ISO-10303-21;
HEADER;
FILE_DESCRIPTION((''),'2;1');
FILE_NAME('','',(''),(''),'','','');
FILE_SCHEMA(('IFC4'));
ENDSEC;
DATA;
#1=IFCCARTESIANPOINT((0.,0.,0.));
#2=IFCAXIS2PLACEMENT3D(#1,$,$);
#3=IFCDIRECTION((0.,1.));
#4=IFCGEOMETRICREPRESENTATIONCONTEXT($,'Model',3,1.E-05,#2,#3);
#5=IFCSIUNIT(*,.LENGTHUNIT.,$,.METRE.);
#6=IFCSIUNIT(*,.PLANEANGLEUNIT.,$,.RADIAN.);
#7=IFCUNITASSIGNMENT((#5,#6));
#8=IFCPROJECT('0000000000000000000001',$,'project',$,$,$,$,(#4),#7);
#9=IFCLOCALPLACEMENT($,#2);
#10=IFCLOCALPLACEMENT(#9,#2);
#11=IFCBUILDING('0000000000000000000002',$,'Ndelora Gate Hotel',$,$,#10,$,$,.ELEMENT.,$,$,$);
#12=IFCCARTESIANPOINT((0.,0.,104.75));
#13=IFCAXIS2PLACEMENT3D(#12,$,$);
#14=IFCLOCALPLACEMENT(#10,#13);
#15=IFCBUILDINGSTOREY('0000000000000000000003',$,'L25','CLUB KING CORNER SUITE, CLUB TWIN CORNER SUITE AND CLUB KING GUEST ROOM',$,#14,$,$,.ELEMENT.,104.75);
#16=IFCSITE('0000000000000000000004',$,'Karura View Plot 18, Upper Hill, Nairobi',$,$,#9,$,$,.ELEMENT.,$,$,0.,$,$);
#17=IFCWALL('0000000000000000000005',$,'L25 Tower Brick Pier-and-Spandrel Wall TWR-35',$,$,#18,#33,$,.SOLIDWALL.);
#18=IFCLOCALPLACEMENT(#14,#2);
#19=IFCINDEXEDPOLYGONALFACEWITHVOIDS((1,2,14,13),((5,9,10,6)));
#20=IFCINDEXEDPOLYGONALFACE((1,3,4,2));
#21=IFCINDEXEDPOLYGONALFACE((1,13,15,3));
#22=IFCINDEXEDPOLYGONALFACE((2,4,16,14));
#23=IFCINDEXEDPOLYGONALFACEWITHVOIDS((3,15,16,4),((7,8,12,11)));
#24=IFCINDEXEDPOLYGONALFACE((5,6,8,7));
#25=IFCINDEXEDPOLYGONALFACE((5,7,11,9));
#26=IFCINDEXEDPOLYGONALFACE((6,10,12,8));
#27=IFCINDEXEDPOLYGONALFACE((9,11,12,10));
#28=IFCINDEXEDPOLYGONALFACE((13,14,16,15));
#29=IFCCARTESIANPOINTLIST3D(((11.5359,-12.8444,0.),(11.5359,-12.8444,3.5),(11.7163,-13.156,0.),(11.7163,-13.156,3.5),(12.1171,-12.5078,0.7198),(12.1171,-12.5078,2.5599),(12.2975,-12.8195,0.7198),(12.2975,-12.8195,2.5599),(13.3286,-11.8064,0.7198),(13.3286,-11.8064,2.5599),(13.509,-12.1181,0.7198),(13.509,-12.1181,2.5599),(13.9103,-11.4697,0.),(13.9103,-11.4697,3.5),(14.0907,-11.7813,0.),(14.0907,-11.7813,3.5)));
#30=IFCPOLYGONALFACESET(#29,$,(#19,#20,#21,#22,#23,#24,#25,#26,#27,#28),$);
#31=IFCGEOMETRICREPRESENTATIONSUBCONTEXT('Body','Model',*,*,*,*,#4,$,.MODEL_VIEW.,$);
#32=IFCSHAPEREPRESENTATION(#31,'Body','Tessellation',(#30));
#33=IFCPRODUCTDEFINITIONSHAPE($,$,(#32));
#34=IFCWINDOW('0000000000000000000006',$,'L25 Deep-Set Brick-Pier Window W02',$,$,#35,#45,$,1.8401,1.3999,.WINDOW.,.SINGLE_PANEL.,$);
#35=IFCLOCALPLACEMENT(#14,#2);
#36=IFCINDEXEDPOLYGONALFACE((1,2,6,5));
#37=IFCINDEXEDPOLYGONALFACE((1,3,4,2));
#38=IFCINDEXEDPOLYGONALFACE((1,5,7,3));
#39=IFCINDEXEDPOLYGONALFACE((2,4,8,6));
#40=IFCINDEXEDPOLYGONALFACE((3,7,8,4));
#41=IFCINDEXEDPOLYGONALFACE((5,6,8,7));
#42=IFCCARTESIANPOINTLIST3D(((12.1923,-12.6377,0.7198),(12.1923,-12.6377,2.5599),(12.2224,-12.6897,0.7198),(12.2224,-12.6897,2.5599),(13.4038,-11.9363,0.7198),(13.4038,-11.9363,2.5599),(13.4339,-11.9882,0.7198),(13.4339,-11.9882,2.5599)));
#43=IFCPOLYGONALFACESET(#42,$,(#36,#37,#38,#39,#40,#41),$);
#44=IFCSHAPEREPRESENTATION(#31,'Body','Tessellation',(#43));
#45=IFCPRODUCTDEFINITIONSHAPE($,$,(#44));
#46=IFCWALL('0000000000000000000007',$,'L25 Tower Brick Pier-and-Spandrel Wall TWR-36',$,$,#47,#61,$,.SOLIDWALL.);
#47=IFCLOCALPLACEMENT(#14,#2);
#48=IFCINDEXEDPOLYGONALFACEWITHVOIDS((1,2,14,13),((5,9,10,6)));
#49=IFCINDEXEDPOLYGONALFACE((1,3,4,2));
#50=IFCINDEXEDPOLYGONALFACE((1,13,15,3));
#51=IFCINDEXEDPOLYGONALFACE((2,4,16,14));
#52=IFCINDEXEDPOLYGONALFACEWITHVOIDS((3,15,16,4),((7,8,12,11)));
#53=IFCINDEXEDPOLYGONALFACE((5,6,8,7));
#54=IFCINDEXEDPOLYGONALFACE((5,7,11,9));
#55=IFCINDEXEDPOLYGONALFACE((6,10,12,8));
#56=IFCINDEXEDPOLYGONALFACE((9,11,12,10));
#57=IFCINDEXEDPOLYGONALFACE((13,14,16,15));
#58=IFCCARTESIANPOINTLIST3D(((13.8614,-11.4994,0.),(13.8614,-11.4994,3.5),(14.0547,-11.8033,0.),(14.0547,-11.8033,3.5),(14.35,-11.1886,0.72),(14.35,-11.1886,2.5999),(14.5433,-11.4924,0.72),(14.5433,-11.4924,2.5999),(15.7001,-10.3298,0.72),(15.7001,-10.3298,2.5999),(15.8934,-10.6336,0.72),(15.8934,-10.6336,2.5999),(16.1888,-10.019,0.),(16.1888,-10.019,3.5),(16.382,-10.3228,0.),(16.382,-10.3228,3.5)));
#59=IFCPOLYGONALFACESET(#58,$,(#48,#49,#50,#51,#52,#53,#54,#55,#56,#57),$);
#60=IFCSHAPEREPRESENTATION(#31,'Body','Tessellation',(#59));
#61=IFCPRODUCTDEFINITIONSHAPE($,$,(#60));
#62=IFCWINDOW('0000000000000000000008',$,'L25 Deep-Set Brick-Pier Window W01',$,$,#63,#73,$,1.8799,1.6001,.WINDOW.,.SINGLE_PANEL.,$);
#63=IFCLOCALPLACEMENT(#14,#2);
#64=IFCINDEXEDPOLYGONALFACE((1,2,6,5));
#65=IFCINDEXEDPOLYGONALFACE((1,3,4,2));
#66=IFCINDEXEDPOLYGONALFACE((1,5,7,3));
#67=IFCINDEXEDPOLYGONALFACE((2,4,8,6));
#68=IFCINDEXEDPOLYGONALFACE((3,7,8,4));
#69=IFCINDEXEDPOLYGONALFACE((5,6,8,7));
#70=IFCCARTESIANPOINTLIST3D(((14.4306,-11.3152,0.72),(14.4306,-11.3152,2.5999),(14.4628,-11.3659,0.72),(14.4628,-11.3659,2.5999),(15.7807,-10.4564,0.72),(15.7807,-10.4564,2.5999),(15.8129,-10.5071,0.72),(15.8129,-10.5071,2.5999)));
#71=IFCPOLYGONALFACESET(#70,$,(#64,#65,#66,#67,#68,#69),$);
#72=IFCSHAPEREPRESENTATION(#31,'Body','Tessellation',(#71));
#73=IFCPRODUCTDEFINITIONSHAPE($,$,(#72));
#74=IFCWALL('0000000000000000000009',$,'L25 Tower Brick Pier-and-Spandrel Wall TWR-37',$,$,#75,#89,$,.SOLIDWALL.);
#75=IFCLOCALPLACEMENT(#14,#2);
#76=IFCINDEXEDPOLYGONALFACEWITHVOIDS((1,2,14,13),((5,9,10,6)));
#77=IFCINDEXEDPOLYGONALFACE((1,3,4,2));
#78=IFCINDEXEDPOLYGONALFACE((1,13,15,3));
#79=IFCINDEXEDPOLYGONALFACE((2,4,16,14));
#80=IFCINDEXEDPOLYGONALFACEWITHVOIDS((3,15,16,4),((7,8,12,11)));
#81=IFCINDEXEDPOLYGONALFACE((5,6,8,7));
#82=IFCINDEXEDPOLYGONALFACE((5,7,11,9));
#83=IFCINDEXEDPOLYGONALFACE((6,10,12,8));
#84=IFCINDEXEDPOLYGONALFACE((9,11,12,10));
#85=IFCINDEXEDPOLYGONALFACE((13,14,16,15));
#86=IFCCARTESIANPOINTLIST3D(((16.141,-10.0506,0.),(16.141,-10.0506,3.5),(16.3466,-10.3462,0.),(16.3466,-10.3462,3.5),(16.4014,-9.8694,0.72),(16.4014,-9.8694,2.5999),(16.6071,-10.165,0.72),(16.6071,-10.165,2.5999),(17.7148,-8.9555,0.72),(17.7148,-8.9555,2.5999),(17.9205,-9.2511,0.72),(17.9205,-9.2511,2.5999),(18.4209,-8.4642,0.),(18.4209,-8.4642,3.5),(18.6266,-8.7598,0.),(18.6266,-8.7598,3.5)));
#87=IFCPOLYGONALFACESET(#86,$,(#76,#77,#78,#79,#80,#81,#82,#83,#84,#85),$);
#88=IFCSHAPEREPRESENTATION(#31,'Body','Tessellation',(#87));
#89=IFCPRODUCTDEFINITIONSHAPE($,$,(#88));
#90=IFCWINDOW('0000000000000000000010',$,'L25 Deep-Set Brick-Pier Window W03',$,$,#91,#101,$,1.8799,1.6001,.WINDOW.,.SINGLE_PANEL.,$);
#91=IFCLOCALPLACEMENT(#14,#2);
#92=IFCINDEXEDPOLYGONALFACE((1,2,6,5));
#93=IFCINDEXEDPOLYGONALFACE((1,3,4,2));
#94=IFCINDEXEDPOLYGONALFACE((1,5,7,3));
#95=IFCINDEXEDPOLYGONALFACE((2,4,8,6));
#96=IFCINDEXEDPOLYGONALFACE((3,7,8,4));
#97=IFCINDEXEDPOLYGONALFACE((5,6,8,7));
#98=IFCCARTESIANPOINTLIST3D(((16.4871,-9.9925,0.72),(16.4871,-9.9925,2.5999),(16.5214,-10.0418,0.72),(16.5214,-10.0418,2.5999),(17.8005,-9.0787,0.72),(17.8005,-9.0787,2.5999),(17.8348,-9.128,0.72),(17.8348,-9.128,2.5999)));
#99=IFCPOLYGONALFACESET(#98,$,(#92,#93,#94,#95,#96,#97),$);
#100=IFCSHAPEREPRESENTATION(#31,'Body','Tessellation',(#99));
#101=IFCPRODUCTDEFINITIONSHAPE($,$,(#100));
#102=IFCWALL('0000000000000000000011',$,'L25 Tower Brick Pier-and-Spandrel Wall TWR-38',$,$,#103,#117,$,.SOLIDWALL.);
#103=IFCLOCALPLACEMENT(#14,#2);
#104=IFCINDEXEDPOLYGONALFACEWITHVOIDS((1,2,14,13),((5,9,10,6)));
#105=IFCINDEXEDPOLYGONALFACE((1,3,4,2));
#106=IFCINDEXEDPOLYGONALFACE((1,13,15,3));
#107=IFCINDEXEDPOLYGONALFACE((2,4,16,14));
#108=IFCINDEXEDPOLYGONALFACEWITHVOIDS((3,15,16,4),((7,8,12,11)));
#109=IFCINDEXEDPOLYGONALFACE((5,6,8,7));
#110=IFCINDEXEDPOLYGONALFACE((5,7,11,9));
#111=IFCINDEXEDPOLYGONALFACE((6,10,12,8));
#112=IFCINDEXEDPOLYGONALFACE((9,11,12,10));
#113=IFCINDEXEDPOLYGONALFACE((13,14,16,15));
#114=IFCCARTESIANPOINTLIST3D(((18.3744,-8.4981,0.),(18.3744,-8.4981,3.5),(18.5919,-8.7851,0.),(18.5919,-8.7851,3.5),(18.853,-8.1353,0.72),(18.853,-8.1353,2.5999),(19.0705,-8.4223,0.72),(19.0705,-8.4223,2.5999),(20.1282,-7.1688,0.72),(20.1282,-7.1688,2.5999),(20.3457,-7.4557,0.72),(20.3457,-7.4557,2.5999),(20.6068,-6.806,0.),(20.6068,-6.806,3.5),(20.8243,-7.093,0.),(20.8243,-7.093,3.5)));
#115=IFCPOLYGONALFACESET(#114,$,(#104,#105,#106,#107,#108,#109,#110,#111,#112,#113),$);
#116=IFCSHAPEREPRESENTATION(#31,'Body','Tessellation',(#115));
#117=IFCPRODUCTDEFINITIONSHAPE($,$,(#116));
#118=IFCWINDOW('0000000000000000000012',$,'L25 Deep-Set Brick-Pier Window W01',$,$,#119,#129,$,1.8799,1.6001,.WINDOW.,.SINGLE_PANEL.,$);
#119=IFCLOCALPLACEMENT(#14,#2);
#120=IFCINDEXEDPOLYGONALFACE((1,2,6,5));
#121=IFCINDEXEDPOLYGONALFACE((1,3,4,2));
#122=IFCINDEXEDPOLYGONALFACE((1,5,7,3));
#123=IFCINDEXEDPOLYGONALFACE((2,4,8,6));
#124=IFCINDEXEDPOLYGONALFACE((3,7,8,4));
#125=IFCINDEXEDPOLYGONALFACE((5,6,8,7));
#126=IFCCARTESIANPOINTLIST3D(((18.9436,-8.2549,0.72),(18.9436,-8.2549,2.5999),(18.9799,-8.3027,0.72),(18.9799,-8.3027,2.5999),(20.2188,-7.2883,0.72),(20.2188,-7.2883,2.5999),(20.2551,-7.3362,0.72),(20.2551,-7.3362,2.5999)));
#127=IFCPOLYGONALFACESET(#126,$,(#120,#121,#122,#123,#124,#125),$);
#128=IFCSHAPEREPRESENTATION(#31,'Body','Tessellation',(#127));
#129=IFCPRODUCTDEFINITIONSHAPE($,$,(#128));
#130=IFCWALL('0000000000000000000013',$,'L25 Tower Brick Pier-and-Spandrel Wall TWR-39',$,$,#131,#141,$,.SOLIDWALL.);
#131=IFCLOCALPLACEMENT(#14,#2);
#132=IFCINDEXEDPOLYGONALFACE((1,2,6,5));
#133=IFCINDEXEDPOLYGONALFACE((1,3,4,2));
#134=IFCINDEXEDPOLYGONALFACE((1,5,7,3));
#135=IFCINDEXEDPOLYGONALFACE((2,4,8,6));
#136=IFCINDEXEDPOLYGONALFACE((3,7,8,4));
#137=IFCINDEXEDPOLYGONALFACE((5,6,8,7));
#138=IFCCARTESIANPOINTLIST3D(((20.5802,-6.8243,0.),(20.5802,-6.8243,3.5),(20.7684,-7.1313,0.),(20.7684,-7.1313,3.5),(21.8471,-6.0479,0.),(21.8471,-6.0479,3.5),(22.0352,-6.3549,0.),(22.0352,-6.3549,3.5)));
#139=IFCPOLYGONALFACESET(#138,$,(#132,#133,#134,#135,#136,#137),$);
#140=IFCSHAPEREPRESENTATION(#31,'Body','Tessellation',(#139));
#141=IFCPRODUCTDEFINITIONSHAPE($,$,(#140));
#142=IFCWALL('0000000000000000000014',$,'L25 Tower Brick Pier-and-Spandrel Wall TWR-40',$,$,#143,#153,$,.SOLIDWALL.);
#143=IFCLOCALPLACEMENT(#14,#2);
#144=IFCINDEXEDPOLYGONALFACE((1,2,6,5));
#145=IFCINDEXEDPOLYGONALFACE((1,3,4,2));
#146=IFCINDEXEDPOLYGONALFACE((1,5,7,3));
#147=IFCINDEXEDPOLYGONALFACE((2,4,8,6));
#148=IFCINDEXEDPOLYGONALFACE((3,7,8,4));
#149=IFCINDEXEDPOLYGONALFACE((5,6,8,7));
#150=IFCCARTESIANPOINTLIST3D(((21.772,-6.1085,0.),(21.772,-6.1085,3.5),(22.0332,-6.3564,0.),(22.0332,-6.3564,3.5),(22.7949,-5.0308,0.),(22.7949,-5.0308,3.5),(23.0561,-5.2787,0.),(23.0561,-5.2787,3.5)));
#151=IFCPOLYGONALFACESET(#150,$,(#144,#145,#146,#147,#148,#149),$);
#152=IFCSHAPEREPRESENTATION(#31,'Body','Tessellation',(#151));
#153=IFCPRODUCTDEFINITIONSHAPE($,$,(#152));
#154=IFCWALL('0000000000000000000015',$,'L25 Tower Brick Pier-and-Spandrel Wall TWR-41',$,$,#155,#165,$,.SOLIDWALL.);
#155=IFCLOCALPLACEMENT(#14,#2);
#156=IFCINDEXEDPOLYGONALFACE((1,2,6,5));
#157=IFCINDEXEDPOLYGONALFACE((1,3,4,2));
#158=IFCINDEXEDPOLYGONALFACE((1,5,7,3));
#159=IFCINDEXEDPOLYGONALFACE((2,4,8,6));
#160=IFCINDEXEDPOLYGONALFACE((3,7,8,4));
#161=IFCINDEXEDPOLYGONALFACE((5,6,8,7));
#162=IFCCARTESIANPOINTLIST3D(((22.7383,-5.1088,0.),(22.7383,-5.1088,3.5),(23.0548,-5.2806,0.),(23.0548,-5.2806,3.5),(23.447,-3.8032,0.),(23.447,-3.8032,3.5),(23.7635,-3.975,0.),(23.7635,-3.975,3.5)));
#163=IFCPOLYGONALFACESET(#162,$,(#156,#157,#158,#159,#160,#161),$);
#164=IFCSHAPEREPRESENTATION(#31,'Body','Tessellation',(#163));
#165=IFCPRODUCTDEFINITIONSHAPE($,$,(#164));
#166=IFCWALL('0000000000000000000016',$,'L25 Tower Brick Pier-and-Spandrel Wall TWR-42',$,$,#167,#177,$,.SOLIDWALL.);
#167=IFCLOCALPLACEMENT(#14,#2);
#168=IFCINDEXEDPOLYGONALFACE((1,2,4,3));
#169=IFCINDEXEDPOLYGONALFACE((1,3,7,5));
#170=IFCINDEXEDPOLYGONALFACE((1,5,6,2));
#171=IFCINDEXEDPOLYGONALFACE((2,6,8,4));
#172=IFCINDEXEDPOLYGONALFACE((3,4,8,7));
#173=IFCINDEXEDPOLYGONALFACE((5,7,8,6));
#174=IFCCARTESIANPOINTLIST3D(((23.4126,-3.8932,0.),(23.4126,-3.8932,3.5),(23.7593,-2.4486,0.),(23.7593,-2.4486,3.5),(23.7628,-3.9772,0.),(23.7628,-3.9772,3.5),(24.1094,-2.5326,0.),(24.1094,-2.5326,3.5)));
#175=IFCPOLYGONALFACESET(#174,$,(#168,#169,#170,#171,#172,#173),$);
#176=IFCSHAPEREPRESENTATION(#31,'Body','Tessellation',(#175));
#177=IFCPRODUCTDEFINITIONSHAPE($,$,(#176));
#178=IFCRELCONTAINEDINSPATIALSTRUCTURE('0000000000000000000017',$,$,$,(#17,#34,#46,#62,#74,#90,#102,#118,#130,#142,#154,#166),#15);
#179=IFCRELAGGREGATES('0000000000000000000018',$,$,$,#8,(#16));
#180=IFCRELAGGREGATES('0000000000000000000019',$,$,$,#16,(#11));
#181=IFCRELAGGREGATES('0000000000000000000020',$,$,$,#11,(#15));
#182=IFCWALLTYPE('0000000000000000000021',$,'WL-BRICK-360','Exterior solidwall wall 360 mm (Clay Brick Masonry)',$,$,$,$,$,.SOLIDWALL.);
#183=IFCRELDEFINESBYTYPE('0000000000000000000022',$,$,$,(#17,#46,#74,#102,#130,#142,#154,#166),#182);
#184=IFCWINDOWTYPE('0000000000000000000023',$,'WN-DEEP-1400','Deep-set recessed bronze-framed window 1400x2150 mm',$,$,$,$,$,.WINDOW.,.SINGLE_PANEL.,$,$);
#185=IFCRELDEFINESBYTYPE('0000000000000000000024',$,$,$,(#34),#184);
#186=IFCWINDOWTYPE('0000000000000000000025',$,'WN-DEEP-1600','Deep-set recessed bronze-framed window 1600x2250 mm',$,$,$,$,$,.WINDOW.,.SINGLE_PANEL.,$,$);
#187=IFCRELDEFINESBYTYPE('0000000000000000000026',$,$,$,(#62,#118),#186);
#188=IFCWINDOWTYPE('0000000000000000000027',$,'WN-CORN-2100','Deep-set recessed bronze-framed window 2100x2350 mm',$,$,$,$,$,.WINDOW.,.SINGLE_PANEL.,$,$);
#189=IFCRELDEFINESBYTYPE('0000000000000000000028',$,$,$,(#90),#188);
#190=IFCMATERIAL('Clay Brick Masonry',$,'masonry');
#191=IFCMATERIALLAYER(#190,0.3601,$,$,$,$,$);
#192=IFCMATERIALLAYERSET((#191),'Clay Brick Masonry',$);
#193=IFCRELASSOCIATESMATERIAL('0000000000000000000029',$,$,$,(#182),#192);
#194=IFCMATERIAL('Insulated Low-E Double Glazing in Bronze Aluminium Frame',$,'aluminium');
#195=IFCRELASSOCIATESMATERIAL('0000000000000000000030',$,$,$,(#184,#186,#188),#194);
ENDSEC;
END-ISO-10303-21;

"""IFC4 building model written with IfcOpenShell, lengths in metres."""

from ifc_helpers import new_model, si_unit, direction, frame, frame_2d, origin, place, context, subcontext, project, spatial, rectangle, extrude, material, layer, layer_set, type_object, element, fill, save


model = new_model("IFC4")

# Units and contexts
model_context = context("Model", 3, precision=1e-05, world=origin(), true_north=direction((0.0, 1.0)))
body_context = subcontext(model_context, "Body", "Model", "MODEL_VIEW")
ifc_project = project(units=[si_unit("LENGTHUNIT", "METRE"), si_unit("PLANEANGLEUNIT", "RADIAN")], contexts=[model_context])

# Site, building, storey
site_placement = place(None, origin())
site = spatial("IfcSite", under=ifc_project, at=site_placement, Name="Karura View Plot 18, Upper Hill, Nairobi", CompositionType="ELEMENT", RefElevation=0.0)
building_placement = place(site_placement, origin())
building = spatial("IfcBuilding", under=site, at=building_placement, Name="Ndelora Gate Hotel", CompositionType="ELEMENT")
storey_placement = place(building_placement, frame((0.0, 0.0, 104.75)))
storey = spatial("IfcBuildingStorey", under=building, at=storey_placement, Name="L25", Description="CLUB KING CORNER SUITE, CLUB TWIN CORNER SUITE AND CLUB KING GUEST ROOM", CompositionType="ELEMENT", Elevation=104.75)

# Walls, openings, windows
ifc_material_1 = material(Name="Clay Brick Masonry", Category="masonry")
ifc_layer_1 = layer(ifc_material_1, 0.3601)
ifc_layer_set_1 = layer_set([ifc_layer_1], Name="Clay Brick Masonry")
wall_type_1 = type_object("IfcWallType", Name="WL-BRICK-360", Description="Exterior solidwall wall 360 mm (Clay Brick Masonry)", PredefinedType="SOLIDWALL", material=ifc_layer_set_1)
ifc_material_2 = material(Name="Insulated Low-E Double Glazing in Bronze Aluminium Frame", Category="aluminium")
window_type_1 = type_object("IfcWindowType", Name="WN-DEEP-1400", Description="Deep-set recessed bronze-framed window 1400x2150 mm", PartitioningType="SINGLE_PANEL", PredefinedType="WINDOW", material=ifc_material_2)
wall_1_placement = place(storey_placement, frame((14.0005, -11.6255, 0.0), z_axis=(0.0, 0.0, 1.0), x_axis=(-0.86542, -0.501047, 0.0)))
wall_1 = element("IfcWall", 1, at=wall_1_placement, inside=storey, type_object=wall_type_1, Name="L25 Tower Brick Pier-and-Spandrel Wall TWR-35", PredefinedType="SOLIDWALL", context=body_context, shape_type="SweptSolid", body=[
    extrude(rectangle(XDim=2.7437, YDim=0.3601, at=frame_2d((1.3718, 0.0))), origin(), (0.0, 0.0, 1.0), 3.5),
])
opening_1_placement = place(wall_1_placement, frame((0.6721, 0.0, 0.72)))
opening_1 = element("IfcOpeningElement", 2, at=opening_1_placement, cuts=wall_1, PredefinedType="OPENING", context=body_context, shape_type="SweptSolid", body=[
    extrude(rectangle(XDim=1.3999, YDim=1.8401, at=frame_2d((0.7, 0.9199))), frame((0.0, 0.1899, 0.0), z_axis=(0.0, -1.0, 0.0), x_axis=(1.0, 0.0, 0.0)), (0.0, 0.0, 1.0), 0.3801),
])
window_1_placement = place(opening_1_placement, origin())
window_1 = element("IfcWindow", 3, at=window_1_placement, inside=storey, type_object=window_type_1, Name="L25 Deep-Set Brick-Pier Window W02", OverallHeight=1.8401, OverallWidth=1.3999, PartitioningType="SINGLE_PANEL", PredefinedType="WINDOW", context=body_context, shape_type="SweptSolid", body=[
    extrude(rectangle(XDim=1.3999, YDim=1.8401, at=frame_2d((0.7, 0.9199))), frame((0.0, 0.03, 0.0), z_axis=(0.0, -1.0, 0.0), x_axis=(1.0, 0.0, 0.0)), (0.0, 0.0, 1.0), 0.0601),
])
fill(opening_1, window_1)
wall_2_placement = place(storey_placement, frame((16.2854, -10.1709, 0.0), z_axis=(0.0, 0.0, 1.0), x_axis=(-0.84376, -0.536721, 0.0)))
wall_2 = element("IfcWall", 4, at=wall_2_placement, inside=storey, type_object=wall_type_1, Name="L25 Tower Brick Pier-and-Spandrel Wall TWR-36", PredefinedType="SOLIDWALL", context=body_context, shape_type="SweptSolid", body=[
    extrude(rectangle(XDim=2.7583, YDim=0.3601, at=frame_2d((1.3792, 0.0))), origin(), (0.0, 0.0, 1.0), 3.5),
])
opening_2_placement = place(wall_2_placement, frame((0.5791, 0.0, 0.72)))
opening_2 = element("IfcOpeningElement", 5, at=opening_2_placement, cuts=wall_2, PredefinedType="OPENING", context=body_context, shape_type="SweptSolid", body=[
    extrude(rectangle(XDim=1.6001, YDim=1.8799, at=frame_2d((0.8, 0.9399))), frame((0.0, 0.1899, 0.0), z_axis=(0.0, -1.0, 0.0), x_axis=(1.0, 0.0, 0.0)), (0.0, 0.0, 1.0), 0.3801),
])
window_type_2 = type_object("IfcWindowType", Name="WN-DEEP-1600", Description="Deep-set recessed bronze-framed window 1600x2250 mm", PartitioningType="SINGLE_PANEL", PredefinedType="WINDOW", material=ifc_material_2)
window_2_placement = place(opening_2_placement, origin())
window_2 = element("IfcWindow", 6, at=window_2_placement, inside=storey, type_object=window_type_2, Name="L25 Deep-Set Brick-Pier Window W01", OverallHeight=1.8799, OverallWidth=1.6001, PartitioningType="SINGLE_PANEL", PredefinedType="WINDOW", context=body_context, shape_type="SweptSolid", body=[
    extrude(rectangle(XDim=1.6001, YDim=1.8799, at=frame_2d((0.8, 0.9399))), frame((0.0, 0.03, 0.0), z_axis=(0.0, -1.0, 0.0), x_axis=(1.0, 0.0, 0.0)), (0.0, 0.0, 1.0), 0.0601),
])
fill(opening_2, window_2)
wall_3_placement = place(storey_placement, frame((18.5237, -8.6121, 0.0), z_axis=(0.0, 0.0, 1.0), x_axis=(-0.820851, -0.571142, 0.0)))
wall_3 = element("IfcWall", 7, at=wall_3_placement, inside=storey, type_object=wall_type_1, Name="L25 Tower Brick Pier-and-Spandrel Wall TWR-37", PredefinedType="SOLIDWALL", context=body_context, shape_type="SweptSolid", body=[
    extrude(rectangle(XDim=2.7776, YDim=0.3601, at=frame_2d((1.3887, 0.0))), origin(), (0.0, 0.0, 1.0), 3.5),
])
opening_3_placement = place(wall_3_placement, frame((0.8601, 0.0, 0.72)))
opening_3 = element("IfcOpeningElement", 8, at=opening_3_placement, cuts=wall_3, PredefinedType="OPENING", context=body_context, shape_type="SweptSolid", body=[
    extrude(rectangle(XDim=1.6001, YDim=1.8799, at=frame_2d((0.8, 0.9399))), frame((0.0, 0.1899, 0.0), z_axis=(0.0, -1.0, 0.0), x_axis=(1.0, 0.0, 0.0)), (0.0, 0.0, 1.0), 0.3801),
])
window_type_3 = type_object("IfcWindowType", Name="WN-CORN-2100", Description="Deep-set recessed bronze-framed window 2100x2350 mm", PartitioningType="SINGLE_PANEL", PredefinedType="WINDOW", material=ifc_material_2)
window_3_placement = place(opening_3_placement, origin())
window_3 = element("IfcWindow", 9, at=window_3_placement, inside=storey, type_object=window_type_3, Name="L25 Deep-Set Brick-Pier Window W03", OverallHeight=1.8799, OverallWidth=1.6001, PartitioningType="SINGLE_PANEL", PredefinedType="WINDOW", context=body_context, shape_type="SweptSolid", body=[
    extrude(rectangle(XDim=1.6001, YDim=1.8799, at=frame_2d((0.8, 0.9399))), frame((0.0, 0.03, 0.0), z_axis=(0.0, -1.0, 0.0), x_axis=(1.0, 0.0, 0.0)), (0.0, 0.0, 1.0), 0.0601),
])
fill(opening_3, window_3)
wall_4_placement = place(storey_placement, frame((20.7156, -6.9495, 0.0), z_axis=(0.0, 0.0, 1.0), x_axis=(-0.796936, -0.604064, 0.0)))
wall_4 = element("IfcWall", 10, at=wall_4_placement, inside=storey, type_object=wall_type_1, Name="L25 Tower Brick Pier-and-Spandrel Wall TWR-38", PredefinedType="SOLIDWALL", context=body_context, shape_type="SweptSolid", body=[
    extrude(rectangle(XDim=2.8013, YDim=0.3601, at=frame_2d((1.4006, 0.0))), origin(), (0.0, 0.0, 1.0), 3.5),
])
opening_4_placement = place(wall_4_placement, frame((0.6006, 0.0, 0.72)))
opening_4 = element("IfcOpeningElement", 11, at=opening_4_placement, cuts=wall_4, PredefinedType="OPENING", context=body_context, shape_type="SweptSolid", body=[
    extrude(rectangle(XDim=1.6001, YDim=1.8799, at=frame_2d((0.8, 0.9399))), frame((0.0, 0.1899, 0.0), z_axis=(0.0, -1.0, 0.0), x_axis=(1.0, 0.0, 0.0)), (0.0, 0.0, 1.0), 0.3801),
])
window_4_placement = place(opening_4_placement, origin())
window_4 = element("IfcWindow", 12, at=window_4_placement, inside=storey, type_object=window_type_2, Name="L25 Deep-Set Brick-Pier Window W01", OverallHeight=1.8799, OverallWidth=1.6001, PartitioningType="SINGLE_PANEL", PredefinedType="WINDOW", context=body_context, shape_type="SweptSolid", body=[
    extrude(rectangle(XDim=1.6001, YDim=1.8799, at=frame_2d((0.8, 0.9399))), frame((0.0, 0.03, 0.0), z_axis=(0.0, -1.0, 0.0), x_axis=(1.0, 0.0, 0.0)), (0.0, 0.0, 1.0), 0.0601),
])
fill(opening_4, window_4)

# Walls
for number, where, z_axis, x_axis, name in (
    (13, (21.9412, -6.2014, 0.0), (0.0, 0.0, 1.0), (-0.852627, -0.52252, 0.0), "L25 Tower Brick Pier-and-Spandrel Wall TWR-39"),
    (14, (22.9255, -5.1548, 0.0), (0.0, 0.0, 1.0), (-0.688464, -0.72527, 0.0), "L25 Tower Brick Pier-and-Spandrel Wall TWR-40"),
):
    element("IfcWall", number, at=place(storey_placement, frame(where, z_axis=z_axis, x_axis=x_axis)), inside=storey, type_object=wall_type_1, Name=name, PredefinedType="SOLIDWALL", context=body_context, shape_type="SweptSolid", body=[
        extrude(rectangle(XDim=1.4858, YDim=0.3601, at=frame_2d((0.7429, 0.0))), origin(), (0.0, 0.0, 1.0), 3.5),
    ])
for number, where, z_axis, x_axis, name in (
    (15, (23.6052, -3.8892, 0.0), (0.0, 0.0, 1.0), (-0.477066, -0.878867, 0.0), "L25 Tower Brick Pier-and-Spandrel Wall TWR-41"),
    (16, (23.9343, -2.4907, 0.0), (0.0, 0.0, 1.0), (-0.233361, -0.97239, 0.0), "L25 Tower Brick Pier-and-Spandrel Wall TWR-42"),
):
    element("IfcWall", number, at=place(storey_placement, frame(where, z_axis=z_axis, x_axis=x_axis)), inside=storey, type_object=wall_type_1, Name=name, PredefinedType="SOLIDWALL", context=body_context, shape_type="SweptSolid", body=[
        extrude(rectangle(XDim=1.4856, YDim=0.3601, at=frame_2d((0.7427, 0.0))), origin(), (0.0, 0.0, 1.0), 3.5),
    ])

save(model, "model.ifc")
